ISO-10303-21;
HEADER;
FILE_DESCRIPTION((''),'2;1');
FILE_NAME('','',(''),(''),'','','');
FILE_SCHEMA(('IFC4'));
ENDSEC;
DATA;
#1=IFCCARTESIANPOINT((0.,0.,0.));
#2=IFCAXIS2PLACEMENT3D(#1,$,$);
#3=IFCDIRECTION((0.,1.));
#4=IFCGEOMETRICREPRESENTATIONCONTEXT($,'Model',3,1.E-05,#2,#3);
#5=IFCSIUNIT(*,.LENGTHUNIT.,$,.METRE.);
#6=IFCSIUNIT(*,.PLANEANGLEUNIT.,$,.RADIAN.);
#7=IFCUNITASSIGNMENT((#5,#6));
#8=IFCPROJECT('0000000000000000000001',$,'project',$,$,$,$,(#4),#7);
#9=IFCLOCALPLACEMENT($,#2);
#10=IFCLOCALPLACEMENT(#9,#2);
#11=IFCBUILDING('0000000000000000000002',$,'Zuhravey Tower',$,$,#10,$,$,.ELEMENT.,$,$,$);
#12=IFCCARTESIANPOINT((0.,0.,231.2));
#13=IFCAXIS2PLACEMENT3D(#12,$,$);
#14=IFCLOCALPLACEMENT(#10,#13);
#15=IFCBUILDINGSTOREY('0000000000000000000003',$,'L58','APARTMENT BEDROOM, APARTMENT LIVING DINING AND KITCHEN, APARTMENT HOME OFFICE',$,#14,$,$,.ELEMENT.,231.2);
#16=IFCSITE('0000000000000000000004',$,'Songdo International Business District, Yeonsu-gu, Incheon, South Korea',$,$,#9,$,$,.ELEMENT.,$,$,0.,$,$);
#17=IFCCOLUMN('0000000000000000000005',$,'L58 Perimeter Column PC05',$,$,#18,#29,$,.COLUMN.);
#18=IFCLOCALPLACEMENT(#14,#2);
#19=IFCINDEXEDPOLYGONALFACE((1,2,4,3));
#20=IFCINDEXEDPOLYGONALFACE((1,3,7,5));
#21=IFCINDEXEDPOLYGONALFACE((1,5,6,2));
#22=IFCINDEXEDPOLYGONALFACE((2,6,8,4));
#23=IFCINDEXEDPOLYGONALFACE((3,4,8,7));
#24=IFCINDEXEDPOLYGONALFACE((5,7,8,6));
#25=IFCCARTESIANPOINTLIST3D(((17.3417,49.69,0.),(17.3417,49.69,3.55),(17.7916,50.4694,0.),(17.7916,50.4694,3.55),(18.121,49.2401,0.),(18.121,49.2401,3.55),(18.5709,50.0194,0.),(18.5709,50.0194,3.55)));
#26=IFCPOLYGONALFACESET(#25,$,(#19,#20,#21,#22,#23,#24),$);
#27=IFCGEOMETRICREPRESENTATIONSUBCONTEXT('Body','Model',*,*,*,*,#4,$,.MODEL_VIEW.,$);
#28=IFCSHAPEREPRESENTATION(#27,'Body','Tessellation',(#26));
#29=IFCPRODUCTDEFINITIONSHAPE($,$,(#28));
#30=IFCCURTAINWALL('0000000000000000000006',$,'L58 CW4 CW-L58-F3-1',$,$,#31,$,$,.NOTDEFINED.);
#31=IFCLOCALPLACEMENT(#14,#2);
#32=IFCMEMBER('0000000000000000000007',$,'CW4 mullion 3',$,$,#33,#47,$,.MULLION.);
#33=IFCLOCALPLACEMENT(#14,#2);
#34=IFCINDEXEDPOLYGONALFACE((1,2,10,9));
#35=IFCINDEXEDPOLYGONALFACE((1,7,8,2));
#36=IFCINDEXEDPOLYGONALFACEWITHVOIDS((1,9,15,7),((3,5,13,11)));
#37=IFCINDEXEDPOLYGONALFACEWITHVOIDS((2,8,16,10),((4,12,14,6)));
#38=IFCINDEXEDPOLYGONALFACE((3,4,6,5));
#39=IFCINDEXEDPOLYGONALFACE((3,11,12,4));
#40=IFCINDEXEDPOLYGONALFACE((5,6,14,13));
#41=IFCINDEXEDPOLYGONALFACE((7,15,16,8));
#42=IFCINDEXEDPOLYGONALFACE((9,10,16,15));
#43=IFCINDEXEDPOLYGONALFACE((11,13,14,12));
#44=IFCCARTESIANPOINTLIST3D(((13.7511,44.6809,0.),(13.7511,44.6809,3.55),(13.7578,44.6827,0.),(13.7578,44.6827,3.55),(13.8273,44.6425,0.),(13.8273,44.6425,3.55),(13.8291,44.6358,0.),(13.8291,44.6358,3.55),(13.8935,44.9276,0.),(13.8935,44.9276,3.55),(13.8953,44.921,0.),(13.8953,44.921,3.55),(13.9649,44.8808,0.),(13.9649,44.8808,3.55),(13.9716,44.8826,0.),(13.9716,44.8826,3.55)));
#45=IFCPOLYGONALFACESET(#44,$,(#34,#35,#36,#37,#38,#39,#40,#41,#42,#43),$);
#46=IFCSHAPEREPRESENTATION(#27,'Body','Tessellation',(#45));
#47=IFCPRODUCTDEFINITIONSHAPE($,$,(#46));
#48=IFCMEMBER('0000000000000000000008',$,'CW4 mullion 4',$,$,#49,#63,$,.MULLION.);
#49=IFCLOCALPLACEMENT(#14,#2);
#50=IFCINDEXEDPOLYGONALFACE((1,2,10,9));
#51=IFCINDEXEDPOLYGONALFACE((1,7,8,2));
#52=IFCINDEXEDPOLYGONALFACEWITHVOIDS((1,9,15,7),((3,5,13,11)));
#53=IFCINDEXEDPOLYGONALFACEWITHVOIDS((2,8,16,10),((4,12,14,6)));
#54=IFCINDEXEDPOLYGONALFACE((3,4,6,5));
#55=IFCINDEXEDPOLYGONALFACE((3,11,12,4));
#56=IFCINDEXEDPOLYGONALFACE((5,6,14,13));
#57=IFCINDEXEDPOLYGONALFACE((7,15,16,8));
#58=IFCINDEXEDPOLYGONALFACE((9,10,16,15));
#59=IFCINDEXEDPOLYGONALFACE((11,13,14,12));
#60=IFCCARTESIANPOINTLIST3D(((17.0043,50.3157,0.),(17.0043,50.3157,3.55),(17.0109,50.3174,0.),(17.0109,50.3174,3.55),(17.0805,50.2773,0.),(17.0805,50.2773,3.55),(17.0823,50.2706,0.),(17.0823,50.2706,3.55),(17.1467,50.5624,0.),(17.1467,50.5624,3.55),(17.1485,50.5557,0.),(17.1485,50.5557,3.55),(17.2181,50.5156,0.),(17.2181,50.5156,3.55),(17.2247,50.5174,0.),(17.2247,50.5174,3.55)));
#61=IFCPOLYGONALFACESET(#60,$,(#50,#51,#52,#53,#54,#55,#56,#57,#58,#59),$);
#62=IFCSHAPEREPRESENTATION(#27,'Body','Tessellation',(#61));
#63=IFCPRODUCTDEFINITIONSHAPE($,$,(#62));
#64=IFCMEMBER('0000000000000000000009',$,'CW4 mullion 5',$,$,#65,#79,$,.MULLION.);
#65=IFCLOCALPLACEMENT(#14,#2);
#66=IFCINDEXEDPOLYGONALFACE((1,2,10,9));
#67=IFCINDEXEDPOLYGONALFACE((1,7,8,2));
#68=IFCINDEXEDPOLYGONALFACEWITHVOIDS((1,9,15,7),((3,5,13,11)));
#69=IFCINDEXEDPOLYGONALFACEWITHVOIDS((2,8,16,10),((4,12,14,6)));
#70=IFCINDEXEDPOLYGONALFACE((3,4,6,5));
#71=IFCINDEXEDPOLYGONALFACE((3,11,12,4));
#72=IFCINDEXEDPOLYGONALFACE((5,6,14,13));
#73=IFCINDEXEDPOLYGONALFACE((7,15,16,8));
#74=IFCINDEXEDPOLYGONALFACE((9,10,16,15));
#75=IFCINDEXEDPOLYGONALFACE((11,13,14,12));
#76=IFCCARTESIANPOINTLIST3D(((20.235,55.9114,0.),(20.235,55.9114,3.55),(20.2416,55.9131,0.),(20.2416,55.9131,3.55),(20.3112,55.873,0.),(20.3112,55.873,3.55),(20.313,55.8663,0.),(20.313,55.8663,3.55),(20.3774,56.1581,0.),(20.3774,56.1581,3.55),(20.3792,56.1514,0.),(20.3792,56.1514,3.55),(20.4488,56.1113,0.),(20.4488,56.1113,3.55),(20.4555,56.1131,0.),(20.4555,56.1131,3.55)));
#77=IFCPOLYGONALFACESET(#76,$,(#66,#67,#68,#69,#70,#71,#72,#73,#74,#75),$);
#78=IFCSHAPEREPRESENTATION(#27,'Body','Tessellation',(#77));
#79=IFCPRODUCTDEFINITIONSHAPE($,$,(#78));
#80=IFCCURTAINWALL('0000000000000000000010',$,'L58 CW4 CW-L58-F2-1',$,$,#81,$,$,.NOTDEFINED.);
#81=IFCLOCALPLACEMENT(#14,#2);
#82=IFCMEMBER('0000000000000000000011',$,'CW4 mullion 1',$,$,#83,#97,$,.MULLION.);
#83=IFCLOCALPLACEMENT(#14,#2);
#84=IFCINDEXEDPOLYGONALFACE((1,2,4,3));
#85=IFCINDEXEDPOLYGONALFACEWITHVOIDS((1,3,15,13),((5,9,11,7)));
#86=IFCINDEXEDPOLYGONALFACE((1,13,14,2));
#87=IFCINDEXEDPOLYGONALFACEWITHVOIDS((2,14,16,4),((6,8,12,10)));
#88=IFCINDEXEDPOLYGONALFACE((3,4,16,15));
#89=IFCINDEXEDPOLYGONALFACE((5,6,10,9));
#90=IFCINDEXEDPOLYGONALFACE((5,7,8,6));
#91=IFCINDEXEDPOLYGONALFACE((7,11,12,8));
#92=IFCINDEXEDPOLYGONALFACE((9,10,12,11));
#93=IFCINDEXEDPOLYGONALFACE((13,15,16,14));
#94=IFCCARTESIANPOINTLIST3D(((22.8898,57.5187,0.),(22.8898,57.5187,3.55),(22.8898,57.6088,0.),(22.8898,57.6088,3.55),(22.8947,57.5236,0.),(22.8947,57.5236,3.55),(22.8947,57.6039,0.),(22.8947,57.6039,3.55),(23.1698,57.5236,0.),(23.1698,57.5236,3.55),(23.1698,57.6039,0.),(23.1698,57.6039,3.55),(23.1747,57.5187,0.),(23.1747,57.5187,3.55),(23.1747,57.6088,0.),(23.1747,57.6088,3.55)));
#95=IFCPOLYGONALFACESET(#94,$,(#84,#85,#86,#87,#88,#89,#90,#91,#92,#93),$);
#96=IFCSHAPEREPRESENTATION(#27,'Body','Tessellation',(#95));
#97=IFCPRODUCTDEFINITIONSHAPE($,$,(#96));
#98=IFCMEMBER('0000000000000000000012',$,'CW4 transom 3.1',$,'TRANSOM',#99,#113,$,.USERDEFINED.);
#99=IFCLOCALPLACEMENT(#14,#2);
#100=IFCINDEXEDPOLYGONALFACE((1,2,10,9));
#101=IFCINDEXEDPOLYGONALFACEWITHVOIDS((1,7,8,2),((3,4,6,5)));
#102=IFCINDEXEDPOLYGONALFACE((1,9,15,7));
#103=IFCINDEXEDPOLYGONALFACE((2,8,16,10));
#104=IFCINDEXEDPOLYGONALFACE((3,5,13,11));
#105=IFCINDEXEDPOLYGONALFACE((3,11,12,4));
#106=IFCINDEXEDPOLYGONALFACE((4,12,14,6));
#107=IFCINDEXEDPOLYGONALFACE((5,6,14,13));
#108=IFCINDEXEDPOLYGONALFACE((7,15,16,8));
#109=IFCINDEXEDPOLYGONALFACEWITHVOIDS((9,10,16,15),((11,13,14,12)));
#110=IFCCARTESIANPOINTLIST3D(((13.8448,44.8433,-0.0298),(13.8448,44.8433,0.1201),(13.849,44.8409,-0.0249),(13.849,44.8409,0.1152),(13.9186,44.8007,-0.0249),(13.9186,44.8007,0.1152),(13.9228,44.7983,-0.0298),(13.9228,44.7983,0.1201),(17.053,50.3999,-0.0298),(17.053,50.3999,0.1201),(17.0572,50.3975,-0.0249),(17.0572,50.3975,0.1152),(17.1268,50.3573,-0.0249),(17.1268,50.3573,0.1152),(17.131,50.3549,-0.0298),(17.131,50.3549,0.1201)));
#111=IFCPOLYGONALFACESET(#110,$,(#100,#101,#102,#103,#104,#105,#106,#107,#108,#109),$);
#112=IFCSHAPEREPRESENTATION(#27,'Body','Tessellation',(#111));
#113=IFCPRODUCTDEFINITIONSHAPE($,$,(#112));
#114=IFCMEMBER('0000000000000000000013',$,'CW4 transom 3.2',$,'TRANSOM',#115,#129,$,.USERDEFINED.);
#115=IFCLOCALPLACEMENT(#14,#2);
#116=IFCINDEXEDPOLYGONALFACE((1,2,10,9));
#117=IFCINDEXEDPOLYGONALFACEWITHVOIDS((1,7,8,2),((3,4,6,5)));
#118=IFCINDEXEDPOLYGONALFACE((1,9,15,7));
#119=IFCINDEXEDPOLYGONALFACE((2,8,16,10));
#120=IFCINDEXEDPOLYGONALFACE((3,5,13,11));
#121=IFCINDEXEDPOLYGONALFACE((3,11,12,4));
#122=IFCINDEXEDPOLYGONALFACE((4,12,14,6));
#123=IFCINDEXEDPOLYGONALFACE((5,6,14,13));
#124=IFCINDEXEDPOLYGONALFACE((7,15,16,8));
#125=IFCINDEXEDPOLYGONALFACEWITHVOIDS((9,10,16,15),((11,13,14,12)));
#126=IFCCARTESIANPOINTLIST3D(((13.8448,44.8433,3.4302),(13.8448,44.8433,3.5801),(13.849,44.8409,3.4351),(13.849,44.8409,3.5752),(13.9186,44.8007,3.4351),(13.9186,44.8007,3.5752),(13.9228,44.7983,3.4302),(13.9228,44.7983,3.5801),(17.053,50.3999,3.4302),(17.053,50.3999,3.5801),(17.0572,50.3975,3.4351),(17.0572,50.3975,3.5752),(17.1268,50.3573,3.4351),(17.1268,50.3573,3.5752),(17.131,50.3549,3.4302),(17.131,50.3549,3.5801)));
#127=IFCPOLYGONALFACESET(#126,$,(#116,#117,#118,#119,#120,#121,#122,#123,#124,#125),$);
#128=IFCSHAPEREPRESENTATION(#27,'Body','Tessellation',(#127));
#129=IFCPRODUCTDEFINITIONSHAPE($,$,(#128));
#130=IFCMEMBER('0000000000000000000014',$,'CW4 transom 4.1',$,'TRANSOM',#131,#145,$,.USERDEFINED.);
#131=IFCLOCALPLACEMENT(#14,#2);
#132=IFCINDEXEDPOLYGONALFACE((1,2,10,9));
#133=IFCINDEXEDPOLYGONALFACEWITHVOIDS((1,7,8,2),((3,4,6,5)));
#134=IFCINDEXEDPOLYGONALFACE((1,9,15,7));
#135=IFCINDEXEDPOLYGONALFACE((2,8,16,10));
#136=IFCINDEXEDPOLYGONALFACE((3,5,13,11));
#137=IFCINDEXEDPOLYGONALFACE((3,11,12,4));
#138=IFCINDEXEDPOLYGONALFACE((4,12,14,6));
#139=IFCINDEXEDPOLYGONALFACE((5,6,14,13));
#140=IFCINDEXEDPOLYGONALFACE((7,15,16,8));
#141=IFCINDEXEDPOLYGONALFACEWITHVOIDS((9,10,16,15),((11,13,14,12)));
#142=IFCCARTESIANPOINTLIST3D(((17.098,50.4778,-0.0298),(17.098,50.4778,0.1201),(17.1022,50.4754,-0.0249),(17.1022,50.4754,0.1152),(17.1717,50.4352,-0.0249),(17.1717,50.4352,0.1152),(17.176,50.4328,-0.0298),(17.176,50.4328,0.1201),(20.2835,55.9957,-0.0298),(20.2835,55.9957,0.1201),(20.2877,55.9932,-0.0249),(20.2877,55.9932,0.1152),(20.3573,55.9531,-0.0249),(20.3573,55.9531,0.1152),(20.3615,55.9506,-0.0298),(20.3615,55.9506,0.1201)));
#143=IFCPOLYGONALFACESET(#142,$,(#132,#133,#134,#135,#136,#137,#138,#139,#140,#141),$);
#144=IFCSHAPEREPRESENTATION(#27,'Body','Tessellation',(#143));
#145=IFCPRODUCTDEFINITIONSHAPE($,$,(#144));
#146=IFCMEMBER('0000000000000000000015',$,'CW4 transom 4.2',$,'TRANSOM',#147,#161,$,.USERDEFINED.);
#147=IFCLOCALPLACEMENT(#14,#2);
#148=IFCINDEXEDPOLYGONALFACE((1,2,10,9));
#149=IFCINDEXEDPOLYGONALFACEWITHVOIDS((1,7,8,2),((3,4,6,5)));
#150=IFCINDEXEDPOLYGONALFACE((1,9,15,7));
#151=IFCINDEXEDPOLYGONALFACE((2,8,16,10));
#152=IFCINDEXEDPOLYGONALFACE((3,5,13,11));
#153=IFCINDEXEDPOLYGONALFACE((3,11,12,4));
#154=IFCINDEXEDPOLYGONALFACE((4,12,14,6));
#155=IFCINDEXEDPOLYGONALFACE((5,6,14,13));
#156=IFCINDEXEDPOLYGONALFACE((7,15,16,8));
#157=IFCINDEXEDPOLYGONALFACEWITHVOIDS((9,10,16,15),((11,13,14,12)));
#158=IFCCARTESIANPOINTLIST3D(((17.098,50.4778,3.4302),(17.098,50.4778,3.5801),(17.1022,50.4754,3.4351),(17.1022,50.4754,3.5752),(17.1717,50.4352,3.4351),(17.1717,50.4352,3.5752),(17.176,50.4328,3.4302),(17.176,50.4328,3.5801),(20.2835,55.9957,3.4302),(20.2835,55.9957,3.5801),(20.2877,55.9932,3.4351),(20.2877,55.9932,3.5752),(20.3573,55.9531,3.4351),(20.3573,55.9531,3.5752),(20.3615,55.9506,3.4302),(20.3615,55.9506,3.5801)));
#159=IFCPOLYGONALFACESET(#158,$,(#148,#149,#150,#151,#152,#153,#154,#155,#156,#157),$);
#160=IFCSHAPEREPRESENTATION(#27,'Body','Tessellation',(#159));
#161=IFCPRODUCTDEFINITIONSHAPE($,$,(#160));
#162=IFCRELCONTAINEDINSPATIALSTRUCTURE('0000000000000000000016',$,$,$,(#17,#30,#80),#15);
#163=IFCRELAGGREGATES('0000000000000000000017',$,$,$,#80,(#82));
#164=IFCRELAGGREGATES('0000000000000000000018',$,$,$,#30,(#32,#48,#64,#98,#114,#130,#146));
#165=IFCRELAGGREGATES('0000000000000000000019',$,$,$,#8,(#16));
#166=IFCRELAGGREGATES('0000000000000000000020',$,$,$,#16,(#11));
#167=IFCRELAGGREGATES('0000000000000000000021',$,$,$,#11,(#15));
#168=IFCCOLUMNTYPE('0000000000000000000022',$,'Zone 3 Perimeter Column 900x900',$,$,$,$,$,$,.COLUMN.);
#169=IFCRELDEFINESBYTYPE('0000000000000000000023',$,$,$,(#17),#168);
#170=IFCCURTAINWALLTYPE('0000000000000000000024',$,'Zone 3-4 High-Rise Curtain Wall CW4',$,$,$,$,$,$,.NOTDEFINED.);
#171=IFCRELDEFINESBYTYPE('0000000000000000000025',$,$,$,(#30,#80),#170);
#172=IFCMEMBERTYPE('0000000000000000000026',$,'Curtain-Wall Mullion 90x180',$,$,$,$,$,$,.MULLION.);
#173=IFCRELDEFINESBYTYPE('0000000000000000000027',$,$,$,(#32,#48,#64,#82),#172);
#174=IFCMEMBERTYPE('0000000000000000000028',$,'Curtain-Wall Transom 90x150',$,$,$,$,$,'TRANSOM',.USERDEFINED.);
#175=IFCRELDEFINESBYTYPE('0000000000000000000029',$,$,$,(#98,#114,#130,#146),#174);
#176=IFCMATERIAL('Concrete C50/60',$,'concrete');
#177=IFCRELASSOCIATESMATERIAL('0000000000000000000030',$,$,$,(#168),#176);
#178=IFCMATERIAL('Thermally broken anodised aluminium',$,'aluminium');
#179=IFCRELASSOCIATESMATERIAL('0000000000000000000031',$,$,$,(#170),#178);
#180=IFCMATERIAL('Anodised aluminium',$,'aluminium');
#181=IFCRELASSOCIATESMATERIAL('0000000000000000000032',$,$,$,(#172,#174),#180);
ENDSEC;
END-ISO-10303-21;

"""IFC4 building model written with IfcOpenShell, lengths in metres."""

from ifc_helpers import new_model, si_unit, direction, frame, origin, origin_2d, place, context, subcontext, project, spatial, rectangle, hollow_rectangle, extrude, material, material_profile, profile_set, type_object, element, aggregate, save


model = new_model("IFC4")

# Units and contexts
model_context = context("Model", 3, precision=1e-05, world=origin(), true_north=direction((0.0, 1.0)))
body_context = subcontext(model_context, "Body", "Model", "MODEL_VIEW")
ifc_project = project(units=[si_unit("LENGTHUNIT", "METRE"), si_unit("PLANEANGLEUNIT", "RADIAN")], contexts=[model_context])

# Site, building, storey
site_placement = place(None, origin())
site = spatial("IfcSite", under=ifc_project, at=site_placement, Name="Songdo International Business District, Yeonsu-gu, Incheon, South Korea", CompositionType="ELEMENT", RefElevation=0.0)
building_placement = place(site_placement, origin())
building = spatial("IfcBuilding", under=site, at=building_placement, Name="Zuhravey Tower", CompositionType="ELEMENT")
storey_placement = place(building_placement, frame((0.0, 0.0, 231.2)))
storey = spatial("IfcBuildingStorey", under=building, at=storey_placement, Name="L58", Description="APARTMENT BEDROOM, APARTMENT LIVING DINING AND KITCHEN, APARTMENT HOME OFFICE", CompositionType="ELEMENT", Elevation=231.2)

# Column
ifc_material_1 = material(Name="Concrete C50/60", Category="concrete")
ifc_material_profile_1 = material_profile(ifc_material_1, rectangle(XDim=0.8999, YDim=0.8999, at=origin_2d()), Name="RC-900x900")
ifc_profile_set_1 = profile_set([ifc_material_profile_1], Name="Concrete C50/60")
column_type = type_object("IfcColumnType", Name="Zone 3 Perimeter Column 900x900", PredefinedType="COLUMN", material=ifc_profile_set_1)
column_placement = place(storey_placement, frame((17.9563, 49.8547, 0.0), z_axis=(0.0, 0.0, 1.0), x_axis=(-0.5, -0.866025, 0.0)))
element("IfcColumn", 1, at=column_placement, inside=storey, type_object=column_type, Name="L58 Perimeter Column PC05", PredefinedType="COLUMN", context=body_context, shape_type="SweptSolid", body=[
    extrude(rectangle(XDim=0.8999, YDim=0.8999, at=origin_2d()), origin(), (0.0, 0.0, 1.0), 3.55),
])

# Curtain wall, members
ifc_material_2 = material(Name="Thermally broken anodised aluminium", Category="aluminium")
curtain_wall_type = type_object("IfcCurtainWallType", Name="Zone 3-4 High-Rise Curtain Wall CW4", PredefinedType="NOTDEFINED", material=ifc_material_2)
curtain_wall_1_placement = place(storey_placement, origin())
curtain_wall_1 = element("IfcCurtainWall", 2, at=curtain_wall_1_placement, inside=storey, type_object=curtain_wall_type, Name="L58 CW4 CW-L58-F3-1", PredefinedType="NOTDEFINED")
ifc_material_3 = material(Name="Anodised aluminium", Category="aluminium")
ifc_material_profile_2 = material_profile(ifc_material_3, hollow_rectangle(XDim=0.0901, YDim=0.2849, WallThickness=0.0049, at=origin_2d()), Name="ALU-RHS-90x285x5")
ifc_profile_set_2 = profile_set([ifc_material_profile_2], Name="Anodised aluminium")
member_type_1 = type_object("IfcMemberType", Name="Curtain-Wall Mullion 90x180", PredefinedType="MULLION", material=ifc_profile_set_2)
member_1_placement = place(storey_placement, frame((13.8613, 44.7817, 0.0), z_axis=(0.0, 0.0, 1.0), x_axis=(-0.866025, 0.500001, 0.0)))
member_1 = element("IfcMember", 3, at=member_1_placement, type_object=member_type_1, Name="CW4 mullion 3", PredefinedType="MULLION", context=body_context, shape_type="SweptSolid", body=[
    extrude(hollow_rectangle(XDim=0.0901, YDim=0.2849, WallThickness=0.0049, at=origin_2d()), origin(), (0.0, 0.0, 1.0), 3.55),
])
member_2_placement = place(storey_placement, frame((17.1145, 50.4165, 0.0), z_axis=(0.0, 0.0, 1.0), x_axis=(-0.866025, 0.500001, 0.0)))
member_2 = element("IfcMember", 4, at=member_2_placement, type_object=member_type_1, Name="CW4 mullion 4", PredefinedType="MULLION", context=body_context, shape_type="SweptSolid", body=[
    extrude(hollow_rectangle(XDim=0.0901, YDim=0.2849, WallThickness=0.0049, at=origin_2d()), origin(), (0.0, 0.0, 1.0), 3.55),
])
member_3_placement = place(storey_placement, frame((20.3452, 56.0122, 0.0), z_axis=(0.0, 0.0, 1.0), x_axis=(-0.866025, 0.500001, 0.0)))
member_3 = element("IfcMember", 5, at=member_3_placement, type_object=member_type_1, Name="CW4 mullion 5", PredefinedType="MULLION", context=body_context, shape_type="SweptSolid", body=[
    extrude(hollow_rectangle(XDim=0.0901, YDim=0.2849, WallThickness=0.0049, at=origin_2d()), origin(), (0.0, 0.0, 1.0), 3.55),
])

# Curtain wall, member
curtain_wall_2_placement = place(storey_placement, origin())
curtain_wall_2 = element("IfcCurtainWall", 6, at=curtain_wall_2_placement, inside=storey, type_object=curtain_wall_type, Name="L58 CW4 CW-L58-F2-1", PredefinedType="NOTDEFINED")
member_4_placement = place(storey_placement, frame((23.0322, 57.5637, 0.0), z_axis=(0.0, 0.0, 1.0), x_axis=(0.0, 1.0, 0.0)))
member_4 = element("IfcMember", 7, at=member_4_placement, type_object=member_type_1, Name="CW4 mullion 1", PredefinedType="MULLION", context=body_context, shape_type="SweptSolid", body=[
    extrude(hollow_rectangle(XDim=0.0901, YDim=0.2849, WallThickness=0.0049, at=origin_2d()), origin(), (0.0, 0.0, 1.0), 3.55),
])
aggregate(curtain_wall_2, [member_4])

# Members
ifc_material_profile_3 = material_profile(ifc_material_3, hollow_rectangle(XDim=0.0901, YDim=0.1499, WallThickness=0.0049, at=origin_2d()), Name="ALU-RHS-90x150x5")
ifc_profile_set_3 = profile_set([ifc_material_profile_3], Name="Anodised aluminium")
member_type_2 = type_object("IfcMemberType", Name="Curtain-Wall Transom 90x150", ElementType="TRANSOM", PredefinedType="USERDEFINED", material=ifc_profile_set_3)
member_5_placement = place(storey_placement, frame((13.8838, 44.8208, 0.0452), z_axis=(0.500014, 0.866017, 0.0), x_axis=(-0.866017, 0.500014, 0.0)))
member_5 = element("IfcMember", 8, at=member_5_placement, type_object=member_type_2, Name="CW4 transom 3.1", ObjectType="TRANSOM", PredefinedType="USERDEFINED", context=body_context, shape_type="SweptSolid", body=[
    extrude(hollow_rectangle(XDim=0.0901, YDim=0.1499, WallThickness=0.0049, at=origin_2d()), origin(), (0.0, 0.0, 1.0), 6.4163),
])
member_6_placement = place(storey_placement, frame((13.8838, 44.8208, 3.5051), z_axis=(0.500014, 0.866017, 0.0), x_axis=(-0.866017, 0.500014, 0.0)))
member_6 = element("IfcMember", 9, at=member_6_placement, type_object=member_type_2, Name="CW4 transom 3.2", ObjectType="TRANSOM", PredefinedType="USERDEFINED", context=body_context, shape_type="SweptSolid", body=[
    extrude(hollow_rectangle(XDim=0.0901, YDim=0.1499, WallThickness=0.0049, at=origin_2d()), origin(), (0.0, 0.0, 1.0), 6.4163),
])
member_7_placement = place(storey_placement, frame((17.137, 50.4553, 0.0452), z_axis=(0.49998, 0.866037, 0.0), x_axis=(-0.866037, 0.49998, 0.0)))
member_7 = element("IfcMember", 10, at=member_7_placement, type_object=member_type_2, Name="CW4 transom 4.1", ObjectType="TRANSOM", PredefinedType="USERDEFINED", context=body_context, shape_type="SweptSolid", body=[
    extrude(hollow_rectangle(XDim=0.0901, YDim=0.1499, WallThickness=0.0049, at=origin_2d()), origin(), (0.0, 0.0, 1.0), 6.3713),
])
member_8_placement = place(storey_placement, frame((17.137, 50.4553, 3.5051), z_axis=(0.49998, 0.866037, 0.0), x_axis=(-0.866037, 0.49998, 0.0)))
member_8 = element("IfcMember", 11, at=member_8_placement, type_object=member_type_2, Name="CW4 transom 4.2", ObjectType="TRANSOM", PredefinedType="USERDEFINED", context=body_context, shape_type="SweptSolid", body=[
    extrude(hollow_rectangle(XDim=0.0901, YDim=0.1499, WallThickness=0.0049, at=origin_2d()), origin(), (0.0, 0.0, 1.0), 6.3713),
])

aggregate(curtain_wall_1, [member_1, member_2, member_3, member_5, member_6, member_7, member_8])

save(model, "model.ifc")
